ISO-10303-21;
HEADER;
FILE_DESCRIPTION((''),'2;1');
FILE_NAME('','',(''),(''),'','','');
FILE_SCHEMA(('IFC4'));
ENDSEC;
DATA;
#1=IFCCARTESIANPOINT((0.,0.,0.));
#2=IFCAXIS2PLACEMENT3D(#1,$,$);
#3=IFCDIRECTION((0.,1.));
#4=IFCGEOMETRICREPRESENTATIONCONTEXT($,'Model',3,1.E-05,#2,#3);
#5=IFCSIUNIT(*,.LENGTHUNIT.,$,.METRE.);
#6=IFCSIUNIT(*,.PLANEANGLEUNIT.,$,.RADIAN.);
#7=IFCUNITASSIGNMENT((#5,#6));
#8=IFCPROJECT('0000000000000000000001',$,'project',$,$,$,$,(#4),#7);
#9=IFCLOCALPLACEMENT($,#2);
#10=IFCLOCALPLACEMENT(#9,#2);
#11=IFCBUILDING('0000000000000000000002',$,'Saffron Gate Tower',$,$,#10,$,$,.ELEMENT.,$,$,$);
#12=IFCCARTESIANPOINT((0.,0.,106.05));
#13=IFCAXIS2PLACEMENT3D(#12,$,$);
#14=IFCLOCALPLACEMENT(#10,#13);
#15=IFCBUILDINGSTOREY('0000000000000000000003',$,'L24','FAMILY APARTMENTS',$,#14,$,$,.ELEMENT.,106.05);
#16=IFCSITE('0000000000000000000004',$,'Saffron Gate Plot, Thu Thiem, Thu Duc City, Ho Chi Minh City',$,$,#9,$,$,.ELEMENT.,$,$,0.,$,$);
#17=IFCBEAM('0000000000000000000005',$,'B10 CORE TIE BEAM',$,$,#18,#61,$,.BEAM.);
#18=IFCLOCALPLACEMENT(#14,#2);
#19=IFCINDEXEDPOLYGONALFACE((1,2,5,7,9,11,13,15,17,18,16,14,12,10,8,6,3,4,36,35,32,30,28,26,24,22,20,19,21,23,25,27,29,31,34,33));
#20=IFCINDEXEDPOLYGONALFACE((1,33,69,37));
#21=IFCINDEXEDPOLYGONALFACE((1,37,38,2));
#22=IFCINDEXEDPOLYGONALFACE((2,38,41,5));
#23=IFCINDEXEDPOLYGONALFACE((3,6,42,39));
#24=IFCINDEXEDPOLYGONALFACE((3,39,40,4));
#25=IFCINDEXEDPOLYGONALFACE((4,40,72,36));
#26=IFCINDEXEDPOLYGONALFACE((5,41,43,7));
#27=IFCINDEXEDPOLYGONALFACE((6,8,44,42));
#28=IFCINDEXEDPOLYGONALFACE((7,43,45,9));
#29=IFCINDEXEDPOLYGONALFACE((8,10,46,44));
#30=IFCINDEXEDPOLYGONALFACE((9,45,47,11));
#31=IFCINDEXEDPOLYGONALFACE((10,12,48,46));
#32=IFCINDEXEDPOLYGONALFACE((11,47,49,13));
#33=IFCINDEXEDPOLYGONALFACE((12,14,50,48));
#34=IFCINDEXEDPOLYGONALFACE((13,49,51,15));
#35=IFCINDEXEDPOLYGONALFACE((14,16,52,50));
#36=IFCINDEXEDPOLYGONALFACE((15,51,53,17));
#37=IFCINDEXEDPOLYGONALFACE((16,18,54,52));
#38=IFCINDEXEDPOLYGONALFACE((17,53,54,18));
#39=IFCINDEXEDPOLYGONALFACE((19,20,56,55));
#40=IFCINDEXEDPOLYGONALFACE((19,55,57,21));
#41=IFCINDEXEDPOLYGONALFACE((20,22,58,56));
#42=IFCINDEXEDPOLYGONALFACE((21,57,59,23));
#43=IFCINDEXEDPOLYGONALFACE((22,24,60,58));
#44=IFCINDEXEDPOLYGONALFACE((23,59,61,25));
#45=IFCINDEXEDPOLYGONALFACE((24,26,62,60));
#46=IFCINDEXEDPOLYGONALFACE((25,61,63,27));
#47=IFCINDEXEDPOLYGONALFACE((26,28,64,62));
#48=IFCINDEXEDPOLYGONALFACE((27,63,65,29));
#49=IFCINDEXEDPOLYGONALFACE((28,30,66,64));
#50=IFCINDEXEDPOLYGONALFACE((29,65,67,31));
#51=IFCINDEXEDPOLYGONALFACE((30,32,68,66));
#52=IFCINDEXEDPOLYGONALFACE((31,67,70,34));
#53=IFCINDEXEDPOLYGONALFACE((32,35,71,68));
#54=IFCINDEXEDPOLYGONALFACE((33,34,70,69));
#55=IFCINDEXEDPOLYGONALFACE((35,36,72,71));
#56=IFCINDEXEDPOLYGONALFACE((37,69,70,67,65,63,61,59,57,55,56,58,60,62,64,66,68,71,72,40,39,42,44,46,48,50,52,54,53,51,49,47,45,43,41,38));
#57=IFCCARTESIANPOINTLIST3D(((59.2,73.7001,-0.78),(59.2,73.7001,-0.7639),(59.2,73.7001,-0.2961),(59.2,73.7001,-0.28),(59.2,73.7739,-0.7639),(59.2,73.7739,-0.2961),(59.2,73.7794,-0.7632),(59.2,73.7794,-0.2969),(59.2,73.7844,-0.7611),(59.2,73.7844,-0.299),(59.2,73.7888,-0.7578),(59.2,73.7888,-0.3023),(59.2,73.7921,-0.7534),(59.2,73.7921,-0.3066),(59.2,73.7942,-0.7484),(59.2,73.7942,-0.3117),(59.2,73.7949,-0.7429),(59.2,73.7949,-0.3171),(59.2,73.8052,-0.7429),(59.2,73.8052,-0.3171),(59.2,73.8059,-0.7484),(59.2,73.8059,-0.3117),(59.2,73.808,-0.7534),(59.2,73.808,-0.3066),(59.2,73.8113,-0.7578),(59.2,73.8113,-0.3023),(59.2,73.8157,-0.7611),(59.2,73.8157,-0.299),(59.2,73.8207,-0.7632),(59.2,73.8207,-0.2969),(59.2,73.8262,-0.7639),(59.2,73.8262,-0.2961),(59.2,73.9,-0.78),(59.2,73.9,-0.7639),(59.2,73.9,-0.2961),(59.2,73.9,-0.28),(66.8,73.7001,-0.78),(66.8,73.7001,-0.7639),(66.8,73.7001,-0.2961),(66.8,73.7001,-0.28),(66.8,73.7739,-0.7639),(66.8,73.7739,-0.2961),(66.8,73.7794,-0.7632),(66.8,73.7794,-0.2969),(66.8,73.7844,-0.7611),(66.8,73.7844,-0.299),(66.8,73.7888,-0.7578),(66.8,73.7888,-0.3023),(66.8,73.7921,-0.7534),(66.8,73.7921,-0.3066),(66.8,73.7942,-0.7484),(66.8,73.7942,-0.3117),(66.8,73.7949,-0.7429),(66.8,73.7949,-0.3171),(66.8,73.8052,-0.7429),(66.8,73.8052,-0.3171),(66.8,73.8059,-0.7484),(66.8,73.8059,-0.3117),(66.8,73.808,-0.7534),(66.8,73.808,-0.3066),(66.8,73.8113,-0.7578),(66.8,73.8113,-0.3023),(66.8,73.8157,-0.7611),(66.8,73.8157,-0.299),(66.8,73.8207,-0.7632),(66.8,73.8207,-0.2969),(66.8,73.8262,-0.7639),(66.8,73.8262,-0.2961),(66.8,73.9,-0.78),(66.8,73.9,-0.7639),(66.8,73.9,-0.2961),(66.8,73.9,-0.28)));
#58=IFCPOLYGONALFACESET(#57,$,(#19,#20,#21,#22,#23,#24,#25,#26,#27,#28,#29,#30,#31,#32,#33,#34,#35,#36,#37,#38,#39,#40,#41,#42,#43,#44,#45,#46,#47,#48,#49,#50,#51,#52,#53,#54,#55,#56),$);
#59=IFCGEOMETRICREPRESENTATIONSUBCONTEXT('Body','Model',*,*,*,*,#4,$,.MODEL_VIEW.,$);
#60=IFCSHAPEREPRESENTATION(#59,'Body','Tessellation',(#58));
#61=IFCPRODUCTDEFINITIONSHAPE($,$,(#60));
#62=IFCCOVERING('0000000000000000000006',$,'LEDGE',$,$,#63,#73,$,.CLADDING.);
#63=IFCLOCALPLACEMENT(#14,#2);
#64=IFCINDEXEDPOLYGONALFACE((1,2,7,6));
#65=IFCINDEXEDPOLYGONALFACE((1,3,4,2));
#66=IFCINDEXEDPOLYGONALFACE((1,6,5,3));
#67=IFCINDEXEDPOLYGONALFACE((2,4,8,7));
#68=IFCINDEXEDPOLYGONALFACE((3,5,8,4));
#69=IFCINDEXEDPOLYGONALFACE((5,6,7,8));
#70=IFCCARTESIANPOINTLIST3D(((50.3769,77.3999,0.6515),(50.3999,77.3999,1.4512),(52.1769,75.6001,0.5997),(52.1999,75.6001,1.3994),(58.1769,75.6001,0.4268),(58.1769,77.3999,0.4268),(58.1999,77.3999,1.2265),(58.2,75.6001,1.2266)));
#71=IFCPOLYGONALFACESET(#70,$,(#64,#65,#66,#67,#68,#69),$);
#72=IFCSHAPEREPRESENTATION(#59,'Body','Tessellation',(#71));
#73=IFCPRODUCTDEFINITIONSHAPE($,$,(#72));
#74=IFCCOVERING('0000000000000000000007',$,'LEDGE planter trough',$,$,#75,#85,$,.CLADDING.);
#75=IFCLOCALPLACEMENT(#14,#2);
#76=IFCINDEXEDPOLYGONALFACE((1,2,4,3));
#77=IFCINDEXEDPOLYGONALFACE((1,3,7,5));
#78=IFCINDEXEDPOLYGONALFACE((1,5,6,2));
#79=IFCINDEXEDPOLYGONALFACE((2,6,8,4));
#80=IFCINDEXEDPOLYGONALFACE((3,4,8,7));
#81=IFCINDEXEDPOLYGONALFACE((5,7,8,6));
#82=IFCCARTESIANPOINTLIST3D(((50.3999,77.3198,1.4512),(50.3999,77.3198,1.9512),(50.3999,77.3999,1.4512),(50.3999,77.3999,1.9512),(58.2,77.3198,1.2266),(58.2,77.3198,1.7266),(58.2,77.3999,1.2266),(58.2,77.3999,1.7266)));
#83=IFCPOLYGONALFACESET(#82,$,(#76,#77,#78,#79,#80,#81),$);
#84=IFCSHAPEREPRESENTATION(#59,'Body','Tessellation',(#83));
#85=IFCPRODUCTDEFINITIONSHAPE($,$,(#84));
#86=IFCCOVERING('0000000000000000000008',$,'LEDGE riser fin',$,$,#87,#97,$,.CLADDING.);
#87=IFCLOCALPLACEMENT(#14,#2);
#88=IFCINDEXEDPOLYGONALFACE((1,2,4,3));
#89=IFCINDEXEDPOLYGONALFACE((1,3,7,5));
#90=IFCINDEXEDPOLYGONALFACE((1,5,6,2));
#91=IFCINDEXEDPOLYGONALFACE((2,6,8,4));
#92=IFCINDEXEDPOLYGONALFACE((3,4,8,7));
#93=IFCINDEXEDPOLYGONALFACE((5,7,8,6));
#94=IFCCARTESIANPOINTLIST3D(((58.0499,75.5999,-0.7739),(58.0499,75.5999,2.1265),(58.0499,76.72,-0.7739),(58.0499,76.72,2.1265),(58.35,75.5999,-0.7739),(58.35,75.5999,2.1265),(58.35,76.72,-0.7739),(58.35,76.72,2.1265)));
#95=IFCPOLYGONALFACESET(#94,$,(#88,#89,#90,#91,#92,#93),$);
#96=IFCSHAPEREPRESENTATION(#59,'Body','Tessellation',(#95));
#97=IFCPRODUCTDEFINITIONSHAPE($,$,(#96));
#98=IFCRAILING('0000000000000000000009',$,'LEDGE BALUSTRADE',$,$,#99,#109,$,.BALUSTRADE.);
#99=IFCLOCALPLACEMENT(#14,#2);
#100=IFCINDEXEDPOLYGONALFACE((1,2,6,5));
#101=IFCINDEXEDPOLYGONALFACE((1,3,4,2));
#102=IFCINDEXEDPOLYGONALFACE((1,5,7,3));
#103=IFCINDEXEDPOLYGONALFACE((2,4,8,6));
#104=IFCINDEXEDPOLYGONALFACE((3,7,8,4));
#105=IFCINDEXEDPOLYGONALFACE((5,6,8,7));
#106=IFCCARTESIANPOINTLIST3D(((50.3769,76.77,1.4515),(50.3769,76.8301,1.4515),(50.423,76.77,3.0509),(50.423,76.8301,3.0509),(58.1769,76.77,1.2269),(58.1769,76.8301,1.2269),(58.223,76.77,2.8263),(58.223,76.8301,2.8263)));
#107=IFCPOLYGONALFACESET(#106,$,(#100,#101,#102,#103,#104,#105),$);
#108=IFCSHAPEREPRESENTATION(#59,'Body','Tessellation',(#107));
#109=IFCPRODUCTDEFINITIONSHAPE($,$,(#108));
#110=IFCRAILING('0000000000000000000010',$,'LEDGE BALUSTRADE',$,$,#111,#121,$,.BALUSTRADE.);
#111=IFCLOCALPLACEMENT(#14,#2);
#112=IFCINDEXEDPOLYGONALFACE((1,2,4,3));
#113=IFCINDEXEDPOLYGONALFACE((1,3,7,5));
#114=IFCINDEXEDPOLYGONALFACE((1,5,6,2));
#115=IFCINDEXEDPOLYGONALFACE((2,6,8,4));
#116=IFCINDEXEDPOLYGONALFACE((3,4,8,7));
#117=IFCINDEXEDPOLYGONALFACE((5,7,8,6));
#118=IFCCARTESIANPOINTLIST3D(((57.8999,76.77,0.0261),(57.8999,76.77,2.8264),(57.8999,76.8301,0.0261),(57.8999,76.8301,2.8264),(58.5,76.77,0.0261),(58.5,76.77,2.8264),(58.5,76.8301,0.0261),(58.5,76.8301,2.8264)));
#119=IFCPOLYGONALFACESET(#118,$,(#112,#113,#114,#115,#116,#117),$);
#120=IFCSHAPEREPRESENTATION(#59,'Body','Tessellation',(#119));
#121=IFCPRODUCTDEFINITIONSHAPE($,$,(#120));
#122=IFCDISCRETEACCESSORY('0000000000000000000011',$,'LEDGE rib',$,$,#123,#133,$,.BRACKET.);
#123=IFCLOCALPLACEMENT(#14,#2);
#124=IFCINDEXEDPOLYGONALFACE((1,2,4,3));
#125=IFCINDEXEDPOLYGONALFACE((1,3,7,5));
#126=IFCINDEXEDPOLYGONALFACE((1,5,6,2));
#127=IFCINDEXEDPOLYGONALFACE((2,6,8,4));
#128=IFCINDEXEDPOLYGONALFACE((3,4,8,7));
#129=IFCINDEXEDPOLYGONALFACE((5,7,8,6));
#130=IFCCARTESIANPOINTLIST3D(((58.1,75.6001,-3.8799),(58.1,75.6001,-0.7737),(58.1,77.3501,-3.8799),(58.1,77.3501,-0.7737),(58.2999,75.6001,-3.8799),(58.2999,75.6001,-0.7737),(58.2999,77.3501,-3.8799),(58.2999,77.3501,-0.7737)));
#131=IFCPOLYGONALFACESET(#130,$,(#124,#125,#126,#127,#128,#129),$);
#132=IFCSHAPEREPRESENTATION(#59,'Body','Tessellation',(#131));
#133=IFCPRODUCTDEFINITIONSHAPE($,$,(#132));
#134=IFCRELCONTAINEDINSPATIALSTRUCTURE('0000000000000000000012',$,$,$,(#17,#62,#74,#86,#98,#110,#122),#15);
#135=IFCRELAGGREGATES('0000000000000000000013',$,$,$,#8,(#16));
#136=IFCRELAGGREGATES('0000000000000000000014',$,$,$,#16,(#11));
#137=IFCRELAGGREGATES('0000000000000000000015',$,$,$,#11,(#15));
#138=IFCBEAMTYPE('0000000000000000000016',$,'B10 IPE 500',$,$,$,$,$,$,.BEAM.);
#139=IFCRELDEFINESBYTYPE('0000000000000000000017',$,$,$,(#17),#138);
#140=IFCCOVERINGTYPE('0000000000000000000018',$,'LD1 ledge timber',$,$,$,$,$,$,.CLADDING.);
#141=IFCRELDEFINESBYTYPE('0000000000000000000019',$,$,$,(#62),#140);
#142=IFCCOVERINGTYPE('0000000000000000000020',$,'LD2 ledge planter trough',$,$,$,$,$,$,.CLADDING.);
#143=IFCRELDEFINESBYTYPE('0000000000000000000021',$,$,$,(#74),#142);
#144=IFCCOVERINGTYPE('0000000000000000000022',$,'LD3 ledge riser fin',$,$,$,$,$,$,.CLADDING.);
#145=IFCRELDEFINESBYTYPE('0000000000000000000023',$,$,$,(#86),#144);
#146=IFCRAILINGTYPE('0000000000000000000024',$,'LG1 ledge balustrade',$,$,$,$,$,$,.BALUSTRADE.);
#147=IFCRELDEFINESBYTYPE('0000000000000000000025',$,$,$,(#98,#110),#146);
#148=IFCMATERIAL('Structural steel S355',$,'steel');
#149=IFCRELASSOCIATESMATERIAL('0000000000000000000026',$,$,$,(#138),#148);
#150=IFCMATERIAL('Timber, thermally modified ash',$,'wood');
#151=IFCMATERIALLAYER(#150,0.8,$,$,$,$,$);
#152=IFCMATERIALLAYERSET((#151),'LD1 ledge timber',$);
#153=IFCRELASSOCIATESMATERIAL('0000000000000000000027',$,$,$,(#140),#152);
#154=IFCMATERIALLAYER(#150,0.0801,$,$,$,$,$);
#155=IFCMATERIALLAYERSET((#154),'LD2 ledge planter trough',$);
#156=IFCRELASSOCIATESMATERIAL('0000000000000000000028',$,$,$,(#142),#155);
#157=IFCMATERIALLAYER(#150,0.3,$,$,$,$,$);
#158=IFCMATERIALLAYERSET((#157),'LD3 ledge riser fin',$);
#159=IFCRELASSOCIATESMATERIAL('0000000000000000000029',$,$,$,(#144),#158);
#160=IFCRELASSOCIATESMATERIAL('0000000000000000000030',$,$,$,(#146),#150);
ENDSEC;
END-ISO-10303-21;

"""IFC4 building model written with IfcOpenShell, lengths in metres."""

from ifc_helpers import new_model, si_unit, direction, frame, origin, origin_2d, place, context, subcontext, project, spatial, polyline, rectangle, i_section, outline, extrude, material, layer, layer_set, material_profile, profile_set, type_object, element, save


model = new_model("IFC4")

# Units and contexts
model_context = context("Model", 3, precision=1e-05, world=origin(), true_north=direction((0.0, 1.0)))
body_context = subcontext(model_context, "Body", "Model", "MODEL_VIEW")
ifc_project = project(units=[si_unit("LENGTHUNIT", "METRE"), si_unit("PLANEANGLEUNIT", "RADIAN")], contexts=[model_context])

# Site, building, storey
site_placement = place(None, origin())
site = spatial("IfcSite", under=ifc_project, at=site_placement, Name="Saffron Gate Plot, Thu Thiem, Thu Duc City, Ho Chi Minh City", CompositionType="ELEMENT", RefElevation=0.0)
building_placement = place(site_placement, origin())
building = spatial("IfcBuilding", under=site, at=building_placement, Name="Saffron Gate Tower", CompositionType="ELEMENT")
storey_placement = place(building_placement, frame((0.0, 0.0, 106.05)))
storey = spatial("IfcBuildingStorey", under=building, at=storey_placement, Name="L24", Description="FAMILY APARTMENTS", CompositionType="ELEMENT", Elevation=106.05)

# Beam
ifc_material_1 = material(Name="Structural steel S355", Category="steel")
ifc_material_profile = material_profile(ifc_material_1, i_section(OverallWidth=0.2, OverallDepth=0.5, WebThickness=0.0103, FlangeThickness=0.0161, FilletRadius=0.021, at=origin_2d()))
ifc_profile_set = profile_set([ifc_material_profile], Name="Structural steel S355")
beam_type = type_object("IfcBeamType", Name="B10 IPE 500", PredefinedType="BEAM", material=ifc_profile_set)
beam_placement = place(storey_placement, frame((59.2, 73.8, -0.53), z_axis=(1.0, 0.0, 0.0), x_axis=(0.0, 1.0, 0.0)))
element("IfcBeam", 1, at=beam_placement, inside=storey, type_object=beam_type, Name="B10 CORE TIE BEAM", PredefinedType="BEAM", context=body_context, shape_type="SweptSolid", body=[
    extrude(i_section(OverallWidth=0.2, OverallDepth=0.5, WebThickness=0.0103, FlangeThickness=0.0161, FilletRadius=0.021, at=origin_2d()), origin(), (0.0, 0.0, 1.0), 7.6001),
])

# Coverings
ifc_material_2 = material(Name="Timber, thermally modified ash", Category="wood")
ifc_layer_1 = layer(ifc_material_2, 0.8)
ifc_layer_set_1 = layer_set([ifc_layer_1], Name="LD1 ledge timber")
covering_type_1 = type_object("IfcCoveringType", Name="LD1 ledge timber", PredefinedType="CLADDING", material=ifc_layer_set_1)
covering_1_placement = place(storey_placement, frame((58.2, 75.6001, 1.2266), z_axis=(0.028789, 0.000024, 0.999585), x_axis=(-0.999585, 0.0, 0.028789)))
element("IfcCovering", 2, at=covering_1_placement, inside=storey, type_object=covering_type_1, Name="LEDGE", PredefinedType="CLADDING", context=body_context, shape_type="SweptSolid", body=[
    extrude(outline(polyline([(0.0, 0.0), (6.0025, 0.0), (7.8033, -1.7998), (0.0, -1.7998), (0.0, 0.0)])), origin(), (0.0, 0.0, -1.0), 0.8),
])
ifc_layer_2 = layer(ifc_material_2, 0.0801)
ifc_layer_set_2 = layer_set([ifc_layer_2], Name="LD2 ledge planter trough")
covering_type_2 = type_object("IfcCoveringType", Name="LD2 ledge planter trough", PredefinedType="CLADDING", material=ifc_layer_set_2)
covering_2_placement = place(storey_placement, frame((58.2, 77.3999, 1.2266), z_axis=(0.0, 1.0, 0.0), x_axis=(-0.999586, 0.0, 0.028784)))
element("IfcCovering", 3, at=covering_2_placement, inside=storey, type_object=covering_type_2, Name="LEDGE planter trough", PredefinedType="CLADDING", context=body_context, shape_type="SweptSolid", body=[
    extrude(outline(polyline([(0.0, 0.0), (7.8033, 0.0), (7.8177, 0.4998), (0.0144, 0.4998), (0.0, 0.0)])), origin(), (0.0, 0.0, -1.0), 0.0801),
])
ifc_layer_3 = layer(ifc_material_2, 0.3)
ifc_layer_set_3 = layer_set([ifc_layer_3], Name="LD3 ledge riser fin")
covering_type_3 = type_object("IfcCoveringType", Name="LD3 ledge riser fin", PredefinedType="CLADDING", material=ifc_layer_set_3)
covering_3_placement = place(storey_placement, frame((58.2, 76.1599, -0.7739), z_axis=(0.0, 0.0, 1.0), x_axis=(-1.0, 0.0, 0.0)))
element("IfcCovering", 4, at=covering_3_placement, inside=storey, type_object=covering_type_3, Name="LEDGE riser fin", PredefinedType="CLADDING", context=body_context, shape_type="SweptSolid", body=[
    extrude(rectangle(XDim=0.3, YDim=1.1201, at=origin_2d()), origin(), (0.0, 0.0, 1.0), 2.9004),
])

# Railings
railing_type = type_object("IfcRailingType", Name="LG1 ledge balustrade", PredefinedType="BALUSTRADE", material=ifc_material_2)
railing_1_placement = place(storey_placement, frame((58.2, 76.8, 1.2266)))
element("IfcRailing", 5, at=railing_1_placement, inside=storey, type_object=railing_type, Name="LEDGE BALUSTRADE", PredefinedType="BALUSTRADE", context=body_context, shape_type="SweptSolid", body=[
    extrude(rectangle(XDim=0.0601, YDim=1.6001, at=origin_2d()), frame((0.0, 0.0, 0.8), z_axis=(-0.999586, 0.0, 0.028784), x_axis=(0.0, -1.0, 0.0)), (0.0, 0.0, 1.0), 7.8032),
])
railing_2_placement = place(storey_placement, frame((58.5, 76.8, 0.0261)))
element("IfcRailing", 6, at=railing_2_placement, inside=storey, type_object=railing_type, Name="LEDGE BALUSTRADE", PredefinedType="BALUSTRADE", context=body_context, shape_type="SweptSolid", body=[
    extrude(rectangle(XDim=0.0601, YDim=2.8003, at=origin_2d()), frame((0.0, 0.0, 1.4001), z_axis=(-1.0, 0.0, 0.0), x_axis=(0.0, -1.0, 0.0)), (0.0, 0.0, 1.0), 0.6001),
])

# Discrete accessory
discrete_accessory_placement = place(storey_placement, frame((58.2, 76.4751, -3.8799), z_axis=(0.0, 0.0, 1.0), x_axis=(-1.0, 0.0, 0.0)))
element("IfcDiscreteAccessory", 7, at=discrete_accessory_placement, inside=storey, Name="LEDGE rib", PredefinedType="BRACKET", context=body_context, shape_type="SweptSolid", body=[
    extrude(rectangle(XDim=0.2, YDim=1.75, at=origin_2d()), origin(), (0.0, 0.0, 1.0), 3.1062),
])

save(model, "model.ifc")
